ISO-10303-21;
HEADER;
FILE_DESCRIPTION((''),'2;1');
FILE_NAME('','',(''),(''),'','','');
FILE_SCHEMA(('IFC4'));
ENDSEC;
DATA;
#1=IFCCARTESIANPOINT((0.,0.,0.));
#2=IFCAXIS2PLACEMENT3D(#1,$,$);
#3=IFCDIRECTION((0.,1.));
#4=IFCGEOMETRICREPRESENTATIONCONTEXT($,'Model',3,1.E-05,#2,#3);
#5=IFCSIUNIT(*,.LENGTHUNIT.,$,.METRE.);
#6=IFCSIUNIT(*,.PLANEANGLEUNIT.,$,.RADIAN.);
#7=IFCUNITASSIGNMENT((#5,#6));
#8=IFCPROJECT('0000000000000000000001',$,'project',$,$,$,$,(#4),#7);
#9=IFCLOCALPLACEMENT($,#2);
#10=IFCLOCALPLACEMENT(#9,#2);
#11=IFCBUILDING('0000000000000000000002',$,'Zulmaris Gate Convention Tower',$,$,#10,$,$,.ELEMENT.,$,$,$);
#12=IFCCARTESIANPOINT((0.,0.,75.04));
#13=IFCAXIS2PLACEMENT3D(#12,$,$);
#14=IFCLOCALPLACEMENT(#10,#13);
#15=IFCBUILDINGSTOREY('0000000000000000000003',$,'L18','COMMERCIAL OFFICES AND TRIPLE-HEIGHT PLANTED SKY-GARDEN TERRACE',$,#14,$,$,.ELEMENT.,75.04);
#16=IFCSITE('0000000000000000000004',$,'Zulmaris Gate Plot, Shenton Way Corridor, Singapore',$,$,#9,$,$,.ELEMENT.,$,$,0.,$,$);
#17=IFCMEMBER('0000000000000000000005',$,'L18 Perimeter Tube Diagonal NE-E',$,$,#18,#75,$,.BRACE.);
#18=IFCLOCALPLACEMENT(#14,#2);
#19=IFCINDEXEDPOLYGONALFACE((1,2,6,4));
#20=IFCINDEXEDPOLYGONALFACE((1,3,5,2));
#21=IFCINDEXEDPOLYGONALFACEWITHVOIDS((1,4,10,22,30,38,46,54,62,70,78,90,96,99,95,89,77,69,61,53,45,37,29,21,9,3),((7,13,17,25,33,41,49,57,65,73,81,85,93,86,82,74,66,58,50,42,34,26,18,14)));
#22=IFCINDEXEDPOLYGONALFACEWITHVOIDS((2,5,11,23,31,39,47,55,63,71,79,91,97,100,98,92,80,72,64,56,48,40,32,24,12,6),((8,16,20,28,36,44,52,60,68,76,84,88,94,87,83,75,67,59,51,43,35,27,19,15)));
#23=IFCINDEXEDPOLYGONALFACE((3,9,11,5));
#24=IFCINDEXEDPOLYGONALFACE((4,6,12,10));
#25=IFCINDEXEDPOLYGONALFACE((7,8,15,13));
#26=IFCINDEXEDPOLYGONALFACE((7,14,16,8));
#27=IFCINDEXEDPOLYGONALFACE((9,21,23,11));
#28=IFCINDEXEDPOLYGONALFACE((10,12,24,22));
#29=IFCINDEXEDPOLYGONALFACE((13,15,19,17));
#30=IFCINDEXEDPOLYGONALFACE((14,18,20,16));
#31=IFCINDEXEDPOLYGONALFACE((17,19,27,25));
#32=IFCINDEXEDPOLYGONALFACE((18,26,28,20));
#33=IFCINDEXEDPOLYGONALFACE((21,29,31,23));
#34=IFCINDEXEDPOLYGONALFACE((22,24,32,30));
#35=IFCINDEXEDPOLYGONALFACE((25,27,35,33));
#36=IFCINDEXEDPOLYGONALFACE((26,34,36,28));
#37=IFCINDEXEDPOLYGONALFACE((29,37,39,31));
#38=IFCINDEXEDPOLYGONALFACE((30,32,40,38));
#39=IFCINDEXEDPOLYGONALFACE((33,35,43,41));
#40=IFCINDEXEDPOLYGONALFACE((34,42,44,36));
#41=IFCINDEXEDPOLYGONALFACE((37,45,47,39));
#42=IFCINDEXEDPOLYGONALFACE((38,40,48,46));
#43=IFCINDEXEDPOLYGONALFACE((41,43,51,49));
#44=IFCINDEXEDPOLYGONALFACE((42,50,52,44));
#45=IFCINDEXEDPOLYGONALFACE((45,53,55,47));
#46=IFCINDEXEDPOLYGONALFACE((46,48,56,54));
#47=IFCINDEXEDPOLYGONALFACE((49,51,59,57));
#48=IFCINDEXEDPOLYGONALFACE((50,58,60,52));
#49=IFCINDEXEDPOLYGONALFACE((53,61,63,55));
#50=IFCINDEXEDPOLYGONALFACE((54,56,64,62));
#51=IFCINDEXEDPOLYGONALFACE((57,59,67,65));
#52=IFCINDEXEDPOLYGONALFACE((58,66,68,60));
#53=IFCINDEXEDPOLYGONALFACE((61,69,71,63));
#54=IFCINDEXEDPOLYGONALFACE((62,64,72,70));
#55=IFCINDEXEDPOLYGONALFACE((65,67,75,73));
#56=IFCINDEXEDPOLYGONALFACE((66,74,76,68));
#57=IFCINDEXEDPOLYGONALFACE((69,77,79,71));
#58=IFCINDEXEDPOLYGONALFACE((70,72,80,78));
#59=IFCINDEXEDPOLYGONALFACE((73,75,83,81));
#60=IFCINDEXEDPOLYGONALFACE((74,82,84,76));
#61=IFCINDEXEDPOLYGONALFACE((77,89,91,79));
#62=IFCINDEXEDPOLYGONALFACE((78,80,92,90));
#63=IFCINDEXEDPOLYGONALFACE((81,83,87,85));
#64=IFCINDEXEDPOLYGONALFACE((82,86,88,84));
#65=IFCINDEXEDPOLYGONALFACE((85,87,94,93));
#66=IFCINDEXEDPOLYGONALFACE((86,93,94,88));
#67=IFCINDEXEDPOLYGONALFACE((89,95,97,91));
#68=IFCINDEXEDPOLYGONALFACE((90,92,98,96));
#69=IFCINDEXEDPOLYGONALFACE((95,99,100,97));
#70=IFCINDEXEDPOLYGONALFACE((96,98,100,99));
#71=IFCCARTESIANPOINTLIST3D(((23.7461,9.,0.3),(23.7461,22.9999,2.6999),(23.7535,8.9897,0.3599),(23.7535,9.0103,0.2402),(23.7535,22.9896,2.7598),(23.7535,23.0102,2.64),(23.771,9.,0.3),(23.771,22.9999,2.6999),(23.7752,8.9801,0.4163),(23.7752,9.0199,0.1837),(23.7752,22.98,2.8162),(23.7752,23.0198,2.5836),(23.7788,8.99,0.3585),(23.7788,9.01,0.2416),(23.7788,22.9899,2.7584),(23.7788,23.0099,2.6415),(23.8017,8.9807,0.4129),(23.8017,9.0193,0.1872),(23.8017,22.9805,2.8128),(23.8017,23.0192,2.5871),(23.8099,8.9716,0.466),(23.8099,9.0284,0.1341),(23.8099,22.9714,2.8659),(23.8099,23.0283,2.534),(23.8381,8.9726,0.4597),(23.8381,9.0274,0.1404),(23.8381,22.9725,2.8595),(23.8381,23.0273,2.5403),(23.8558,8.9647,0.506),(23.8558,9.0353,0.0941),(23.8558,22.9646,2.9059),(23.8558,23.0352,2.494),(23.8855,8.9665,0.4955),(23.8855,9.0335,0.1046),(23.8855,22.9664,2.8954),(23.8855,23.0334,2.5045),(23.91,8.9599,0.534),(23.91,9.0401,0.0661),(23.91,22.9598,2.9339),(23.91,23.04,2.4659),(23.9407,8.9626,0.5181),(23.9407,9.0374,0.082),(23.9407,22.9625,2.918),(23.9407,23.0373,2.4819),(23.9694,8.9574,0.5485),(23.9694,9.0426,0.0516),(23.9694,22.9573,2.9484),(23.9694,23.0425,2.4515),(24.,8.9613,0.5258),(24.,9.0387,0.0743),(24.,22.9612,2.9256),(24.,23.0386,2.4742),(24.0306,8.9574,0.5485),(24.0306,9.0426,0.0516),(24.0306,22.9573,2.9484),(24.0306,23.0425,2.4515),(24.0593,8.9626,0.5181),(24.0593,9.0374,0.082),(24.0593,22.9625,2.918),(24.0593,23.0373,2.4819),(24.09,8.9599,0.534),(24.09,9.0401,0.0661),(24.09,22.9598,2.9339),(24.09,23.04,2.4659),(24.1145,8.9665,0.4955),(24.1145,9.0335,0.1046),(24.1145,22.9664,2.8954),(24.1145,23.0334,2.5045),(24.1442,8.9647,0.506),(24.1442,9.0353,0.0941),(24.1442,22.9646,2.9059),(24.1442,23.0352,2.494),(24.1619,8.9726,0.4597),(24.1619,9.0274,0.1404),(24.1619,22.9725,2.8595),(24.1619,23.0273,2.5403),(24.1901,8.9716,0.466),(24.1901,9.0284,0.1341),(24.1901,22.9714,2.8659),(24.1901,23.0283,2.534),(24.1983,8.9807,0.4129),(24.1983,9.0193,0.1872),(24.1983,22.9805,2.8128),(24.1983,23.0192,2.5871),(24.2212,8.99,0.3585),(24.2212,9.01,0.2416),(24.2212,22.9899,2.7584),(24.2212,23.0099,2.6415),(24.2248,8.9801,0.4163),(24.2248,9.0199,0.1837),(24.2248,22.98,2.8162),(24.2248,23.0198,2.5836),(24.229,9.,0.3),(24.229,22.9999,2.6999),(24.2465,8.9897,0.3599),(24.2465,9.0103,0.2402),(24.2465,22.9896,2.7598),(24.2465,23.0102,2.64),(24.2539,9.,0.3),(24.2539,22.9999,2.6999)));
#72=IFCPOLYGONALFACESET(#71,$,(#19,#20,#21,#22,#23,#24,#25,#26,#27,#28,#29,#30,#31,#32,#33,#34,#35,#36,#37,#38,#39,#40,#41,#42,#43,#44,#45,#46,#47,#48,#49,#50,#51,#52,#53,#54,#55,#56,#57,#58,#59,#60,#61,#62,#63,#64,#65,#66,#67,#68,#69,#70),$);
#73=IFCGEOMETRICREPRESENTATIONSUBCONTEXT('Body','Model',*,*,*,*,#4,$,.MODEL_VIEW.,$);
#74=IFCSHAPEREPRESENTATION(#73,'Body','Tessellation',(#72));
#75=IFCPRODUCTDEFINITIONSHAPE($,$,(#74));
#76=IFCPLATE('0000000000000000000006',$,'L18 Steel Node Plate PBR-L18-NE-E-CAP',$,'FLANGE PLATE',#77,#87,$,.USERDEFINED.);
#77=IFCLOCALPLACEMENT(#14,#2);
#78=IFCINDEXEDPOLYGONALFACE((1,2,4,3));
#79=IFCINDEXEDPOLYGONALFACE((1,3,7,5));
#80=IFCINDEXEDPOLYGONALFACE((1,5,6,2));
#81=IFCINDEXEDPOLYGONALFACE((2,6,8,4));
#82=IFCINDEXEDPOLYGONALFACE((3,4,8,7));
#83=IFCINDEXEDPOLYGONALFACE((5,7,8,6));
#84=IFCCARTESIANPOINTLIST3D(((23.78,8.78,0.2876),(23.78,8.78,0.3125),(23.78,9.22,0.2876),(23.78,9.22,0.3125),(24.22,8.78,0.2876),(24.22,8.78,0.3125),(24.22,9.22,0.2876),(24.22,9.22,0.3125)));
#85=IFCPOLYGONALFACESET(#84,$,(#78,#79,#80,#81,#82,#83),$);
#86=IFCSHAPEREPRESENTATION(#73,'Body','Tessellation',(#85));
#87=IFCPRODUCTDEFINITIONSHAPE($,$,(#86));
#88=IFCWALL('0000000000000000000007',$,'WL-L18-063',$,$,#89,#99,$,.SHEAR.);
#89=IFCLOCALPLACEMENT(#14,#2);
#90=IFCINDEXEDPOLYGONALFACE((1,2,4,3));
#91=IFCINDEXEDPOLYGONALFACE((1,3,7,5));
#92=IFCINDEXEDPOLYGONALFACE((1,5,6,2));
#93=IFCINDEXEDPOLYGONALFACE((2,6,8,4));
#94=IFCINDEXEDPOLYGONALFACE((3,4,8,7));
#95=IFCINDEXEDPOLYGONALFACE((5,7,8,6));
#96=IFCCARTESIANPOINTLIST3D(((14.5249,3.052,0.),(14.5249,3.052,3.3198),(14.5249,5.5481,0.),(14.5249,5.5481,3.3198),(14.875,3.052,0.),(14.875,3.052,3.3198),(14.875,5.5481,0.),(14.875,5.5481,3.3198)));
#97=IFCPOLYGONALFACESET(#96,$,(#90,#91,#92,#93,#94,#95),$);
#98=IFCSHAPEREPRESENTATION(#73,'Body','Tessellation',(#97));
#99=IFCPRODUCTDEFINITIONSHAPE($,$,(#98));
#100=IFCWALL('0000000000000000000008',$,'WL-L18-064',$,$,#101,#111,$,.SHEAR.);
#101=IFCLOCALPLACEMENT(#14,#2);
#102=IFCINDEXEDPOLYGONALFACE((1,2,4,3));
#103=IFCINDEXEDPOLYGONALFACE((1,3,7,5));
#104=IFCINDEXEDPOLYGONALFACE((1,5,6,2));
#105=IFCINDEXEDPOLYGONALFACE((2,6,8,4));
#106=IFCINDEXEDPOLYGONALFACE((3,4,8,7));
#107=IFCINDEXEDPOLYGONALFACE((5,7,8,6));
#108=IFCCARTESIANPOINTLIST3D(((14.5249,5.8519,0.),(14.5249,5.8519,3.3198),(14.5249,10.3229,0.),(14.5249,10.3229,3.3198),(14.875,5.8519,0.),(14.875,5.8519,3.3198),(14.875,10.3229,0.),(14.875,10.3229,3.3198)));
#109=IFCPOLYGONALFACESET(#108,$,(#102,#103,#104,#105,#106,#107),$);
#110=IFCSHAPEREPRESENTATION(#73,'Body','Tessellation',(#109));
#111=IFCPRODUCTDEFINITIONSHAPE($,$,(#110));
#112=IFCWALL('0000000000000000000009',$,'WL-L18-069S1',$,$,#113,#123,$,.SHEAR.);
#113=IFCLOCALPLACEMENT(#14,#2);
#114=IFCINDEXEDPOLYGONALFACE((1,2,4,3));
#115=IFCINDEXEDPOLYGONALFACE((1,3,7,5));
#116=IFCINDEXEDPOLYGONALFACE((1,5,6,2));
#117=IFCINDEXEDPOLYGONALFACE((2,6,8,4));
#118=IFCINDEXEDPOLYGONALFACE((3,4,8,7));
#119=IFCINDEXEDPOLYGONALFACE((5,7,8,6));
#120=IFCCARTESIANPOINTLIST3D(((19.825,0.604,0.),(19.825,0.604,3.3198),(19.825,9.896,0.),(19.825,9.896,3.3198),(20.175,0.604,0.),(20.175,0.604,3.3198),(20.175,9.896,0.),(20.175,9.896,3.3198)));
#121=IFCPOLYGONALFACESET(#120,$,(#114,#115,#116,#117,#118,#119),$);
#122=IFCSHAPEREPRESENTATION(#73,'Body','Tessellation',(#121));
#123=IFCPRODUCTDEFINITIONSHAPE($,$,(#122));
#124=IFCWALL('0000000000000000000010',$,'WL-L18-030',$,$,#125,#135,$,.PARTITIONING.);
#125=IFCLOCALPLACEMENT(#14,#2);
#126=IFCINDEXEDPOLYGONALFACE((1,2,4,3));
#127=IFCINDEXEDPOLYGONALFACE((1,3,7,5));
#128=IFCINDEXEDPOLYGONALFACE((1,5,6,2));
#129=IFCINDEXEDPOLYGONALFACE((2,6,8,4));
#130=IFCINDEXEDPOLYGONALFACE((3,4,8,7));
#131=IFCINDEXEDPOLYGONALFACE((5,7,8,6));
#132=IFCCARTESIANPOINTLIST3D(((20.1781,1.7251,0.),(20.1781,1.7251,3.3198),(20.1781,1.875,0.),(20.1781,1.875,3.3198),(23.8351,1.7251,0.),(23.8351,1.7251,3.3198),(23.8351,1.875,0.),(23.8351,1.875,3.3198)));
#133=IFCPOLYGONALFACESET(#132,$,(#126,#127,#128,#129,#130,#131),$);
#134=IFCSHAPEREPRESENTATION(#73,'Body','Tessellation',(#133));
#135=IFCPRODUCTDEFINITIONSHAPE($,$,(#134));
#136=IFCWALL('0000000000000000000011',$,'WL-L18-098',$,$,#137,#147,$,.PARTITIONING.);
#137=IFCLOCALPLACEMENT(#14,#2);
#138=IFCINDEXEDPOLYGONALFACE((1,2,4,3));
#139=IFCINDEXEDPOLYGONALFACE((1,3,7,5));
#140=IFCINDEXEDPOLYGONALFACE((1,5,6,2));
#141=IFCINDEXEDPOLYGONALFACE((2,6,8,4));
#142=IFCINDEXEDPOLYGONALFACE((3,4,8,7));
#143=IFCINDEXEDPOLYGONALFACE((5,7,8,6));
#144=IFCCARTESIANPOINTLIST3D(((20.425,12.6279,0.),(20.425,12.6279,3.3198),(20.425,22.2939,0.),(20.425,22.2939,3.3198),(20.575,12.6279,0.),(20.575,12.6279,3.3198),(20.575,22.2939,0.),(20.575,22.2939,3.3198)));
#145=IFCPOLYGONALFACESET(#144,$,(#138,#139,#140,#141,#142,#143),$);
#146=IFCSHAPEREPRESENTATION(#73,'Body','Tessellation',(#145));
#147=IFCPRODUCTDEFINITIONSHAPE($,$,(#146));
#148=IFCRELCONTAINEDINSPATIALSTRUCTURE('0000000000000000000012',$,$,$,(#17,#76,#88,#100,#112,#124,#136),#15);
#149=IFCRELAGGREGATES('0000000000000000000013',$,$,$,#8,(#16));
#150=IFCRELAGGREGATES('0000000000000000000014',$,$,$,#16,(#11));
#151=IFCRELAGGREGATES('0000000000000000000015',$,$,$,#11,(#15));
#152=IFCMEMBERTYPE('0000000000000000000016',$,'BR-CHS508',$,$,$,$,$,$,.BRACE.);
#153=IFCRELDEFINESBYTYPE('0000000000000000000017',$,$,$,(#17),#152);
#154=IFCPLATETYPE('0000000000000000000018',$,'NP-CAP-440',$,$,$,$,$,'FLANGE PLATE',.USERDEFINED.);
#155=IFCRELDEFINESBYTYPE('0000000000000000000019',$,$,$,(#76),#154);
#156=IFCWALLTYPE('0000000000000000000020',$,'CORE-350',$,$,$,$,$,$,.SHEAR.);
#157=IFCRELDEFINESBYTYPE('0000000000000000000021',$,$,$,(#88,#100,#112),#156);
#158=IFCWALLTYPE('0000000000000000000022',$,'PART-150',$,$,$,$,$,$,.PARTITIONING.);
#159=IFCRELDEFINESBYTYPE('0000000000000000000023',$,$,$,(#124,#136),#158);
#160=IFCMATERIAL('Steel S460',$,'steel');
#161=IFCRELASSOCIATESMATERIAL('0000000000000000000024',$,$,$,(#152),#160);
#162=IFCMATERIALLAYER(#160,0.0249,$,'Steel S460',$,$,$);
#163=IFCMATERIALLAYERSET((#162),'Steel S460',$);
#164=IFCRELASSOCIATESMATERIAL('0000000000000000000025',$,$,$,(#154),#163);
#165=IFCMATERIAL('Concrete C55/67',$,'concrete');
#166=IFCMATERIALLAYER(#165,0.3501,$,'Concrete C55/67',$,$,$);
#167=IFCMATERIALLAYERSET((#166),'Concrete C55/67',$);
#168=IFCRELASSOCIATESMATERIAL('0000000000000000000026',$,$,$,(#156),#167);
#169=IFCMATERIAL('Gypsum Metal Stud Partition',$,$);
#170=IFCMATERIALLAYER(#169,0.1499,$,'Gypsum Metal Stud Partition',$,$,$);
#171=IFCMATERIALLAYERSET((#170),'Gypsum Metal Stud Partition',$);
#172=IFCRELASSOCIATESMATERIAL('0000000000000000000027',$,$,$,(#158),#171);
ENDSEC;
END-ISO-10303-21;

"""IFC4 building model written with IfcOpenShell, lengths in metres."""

from ifc_helpers import new_model, si_unit, direction, frame, frame_2d, origin, origin_2d, place, context, subcontext, project, spatial, rectangle, hollow_circle, extrude, material, layer, layer_set, material_profile, profile_set, type_object, element, save


model = new_model("IFC4")

# Units and contexts
model_context = context("Model", 3, precision=1e-05, world=origin(), true_north=direction((0.0, 1.0)))
body_context = subcontext(model_context, "Body", "Model", "MODEL_VIEW")
ifc_project = project(units=[si_unit("LENGTHUNIT", "METRE"), si_unit("PLANEANGLEUNIT", "RADIAN")], contexts=[model_context])

# Site, building, storey
site_placement = place(None, origin())
site = spatial("IfcSite", under=ifc_project, at=site_placement, Name="Zulmaris Gate Plot, Shenton Way Corridor, Singapore", CompositionType="ELEMENT", RefElevation=0.0)
building_placement = place(site_placement, origin())
building = spatial("IfcBuilding", under=site, at=building_placement, Name="Zulmaris Gate Convention Tower", CompositionType="ELEMENT")
storey_placement = place(building_placement, frame((0.0, 0.0, 75.04)))
storey = spatial("IfcBuildingStorey", under=building, at=storey_placement, Name="L18", Description="COMMERCIAL OFFICES AND TRIPLE-HEIGHT PLANTED SKY-GARDEN TERRACE", CompositionType="ELEMENT", Elevation=75.04)

# Member
ifc_material_1 = material(Name="Steel S460", Category="steel")
ifc_material_profile_1 = material_profile(ifc_material_1, hollow_circle(Radius=0.2539, WallThickness=0.0249, at=origin_2d()), Name="CHS 508x25")
ifc_profile_set_1 = profile_set([ifc_material_profile_1], Name="Steel S460")
member_type = type_object("IfcMemberType", Name="BR-CHS508", PredefinedType="BRACE", material=ifc_profile_set_1)
member_placement = place(storey_placement, frame((24.0, 9.0, 0.3), z_axis=(0.0, 0.985623, 0.168957), x_axis=(-1.0, 0.0, 0.0)))
element("IfcMember", 1, at=member_placement, inside=storey, type_object=member_type, Name="L18 Perimeter Tube Diagonal NE-E", PredefinedType="BRACE", context=body_context, shape_type="SweptSolid", body=[
    extrude(hollow_circle(Radius=0.2539, WallThickness=0.0249, at=origin_2d()), origin(), (0.0, 0.0, 1.0), 14.2041),
])

# Plate
ifc_layer_1 = layer(ifc_material_1, 0.0249, Name="Steel S460")
ifc_layer_set_1 = layer_set([ifc_layer_1], Name="Steel S460")
plate_type = type_object("IfcPlateType", Name="NP-CAP-440", ElementType="FLANGE PLATE", PredefinedType="USERDEFINED", material=ifc_layer_set_1)
plate_placement = place(storey_placement, frame((24.0, 9.0, 0.2876), z_axis=(0.0, 0.0, 1.0), x_axis=(1.0, 0.0, 0.0)))
element("IfcPlate", 2, at=plate_placement, inside=storey, type_object=plate_type, Name="L18 Steel Node Plate PBR-L18-NE-E-CAP", ObjectType="FLANGE PLATE", PredefinedType="USERDEFINED", context=body_context, shape_type="SweptSolid", body=[
    extrude(rectangle(XDim=0.4399, YDim=0.4399, at=origin_2d()), origin(), (0.0, 0.0, 1.0), 0.0249),
])

# Shared definitions
ifc_material_2 = material(Name="Concrete C55/67", Category="concrete")
ifc_layer_2 = layer(ifc_material_2, 0.3501, Name="Concrete C55/67")
ifc_layer_set_2 = layer_set([ifc_layer_2], Name="Concrete C55/67")
wall_type_1 = type_object("IfcWallType", Name="CORE-350", PredefinedType="SHEAR", material=ifc_layer_set_2)

# Walls
wall_1_placement = place(storey_placement, frame((14.7, 3.052, 0.0), z_axis=(0.0, 0.0, 1.0), x_axis=(0.0, 1.0, 0.0)))
element("IfcWall", 3, at=wall_1_placement, inside=storey, type_object=wall_type_1, Name="WL-L18-063", PredefinedType="SHEAR", context=body_context, shape_type="SweptSolid", body=[
    extrude(rectangle(XDim=2.4961, YDim=0.3501, at=frame_2d((1.248, 0.0))), origin(), (0.0, 0.0, 1.0), 3.3198),
])
wall_2_placement = place(storey_placement, frame((14.7, 5.8521, 0.0), z_axis=(0.0, 0.0, 1.0), x_axis=(0.0, 1.0, 0.0)))
element("IfcWall", 4, at=wall_2_placement, inside=storey, type_object=wall_type_1, Name="WL-L18-064", PredefinedType="SHEAR", context=body_context, shape_type="SweptSolid", body=[
    extrude(rectangle(XDim=4.4709, YDim=0.3501, at=frame_2d((2.2354, 0.0))), origin(), (0.0, 0.0, 1.0), 3.3198),
])
wall_3_placement = place(storey_placement, frame((20.0, 0.604, 0.0), z_axis=(0.0, 0.0, 1.0), x_axis=(0.0, 1.0, 0.0)))
element("IfcWall", 5, at=wall_3_placement, inside=storey, type_object=wall_type_1, Name="WL-L18-069S1", PredefinedType="SHEAR", context=body_context, shape_type="SweptSolid", body=[
    extrude(rectangle(XDim=9.292, YDim=0.3501, at=frame_2d((4.646, 0.0))), origin(), (0.0, 0.0, 1.0), 3.3198),
])
ifc_material_3 = material(Name="Gypsum Metal Stud Partition")
ifc_layer_3 = layer(ifc_material_3, 0.1499, Name="Gypsum Metal Stud Partition")
ifc_layer_set_3 = layer_set([ifc_layer_3], Name="Gypsum Metal Stud Partition")
wall_type_2 = type_object("IfcWallType", Name="PART-150", PredefinedType="PARTITIONING", material=ifc_layer_set_3)
wall_4_placement = place(storey_placement, frame((20.178, 1.8, 0.0), z_axis=(0.0, 0.0, 1.0), x_axis=(1.0, 0.0, 0.0)))
element("IfcWall", 6, at=wall_4_placement, inside=storey, type_object=wall_type_2, Name="WL-L18-030", PredefinedType="PARTITIONING", context=body_context, shape_type="SweptSolid", body=[
    extrude(rectangle(XDim=3.657, YDim=0.1499, at=frame_2d((1.8286, 0.0))), origin(), (0.0, 0.0, 1.0), 3.3198),
])

# Wall
wall_5_placement = place(storey_placement, frame((20.5, 12.6279, 0.0), z_axis=(0.0, 0.0, 1.0), x_axis=(0.0, 1.0, 0.0)))
element("IfcWall", 7, at=wall_5_placement, inside=storey, type_object=wall_type_2, Name="WL-L18-098", PredefinedType="PARTITIONING", context=body_context, shape_type="SweptSolid", body=[
    extrude(rectangle(XDim=9.666, YDim=0.1499, at=frame_2d((4.833, 0.0))), origin(), (0.0, 0.0, 1.0), 3.3198),
])

save(model, "model.ifc")
